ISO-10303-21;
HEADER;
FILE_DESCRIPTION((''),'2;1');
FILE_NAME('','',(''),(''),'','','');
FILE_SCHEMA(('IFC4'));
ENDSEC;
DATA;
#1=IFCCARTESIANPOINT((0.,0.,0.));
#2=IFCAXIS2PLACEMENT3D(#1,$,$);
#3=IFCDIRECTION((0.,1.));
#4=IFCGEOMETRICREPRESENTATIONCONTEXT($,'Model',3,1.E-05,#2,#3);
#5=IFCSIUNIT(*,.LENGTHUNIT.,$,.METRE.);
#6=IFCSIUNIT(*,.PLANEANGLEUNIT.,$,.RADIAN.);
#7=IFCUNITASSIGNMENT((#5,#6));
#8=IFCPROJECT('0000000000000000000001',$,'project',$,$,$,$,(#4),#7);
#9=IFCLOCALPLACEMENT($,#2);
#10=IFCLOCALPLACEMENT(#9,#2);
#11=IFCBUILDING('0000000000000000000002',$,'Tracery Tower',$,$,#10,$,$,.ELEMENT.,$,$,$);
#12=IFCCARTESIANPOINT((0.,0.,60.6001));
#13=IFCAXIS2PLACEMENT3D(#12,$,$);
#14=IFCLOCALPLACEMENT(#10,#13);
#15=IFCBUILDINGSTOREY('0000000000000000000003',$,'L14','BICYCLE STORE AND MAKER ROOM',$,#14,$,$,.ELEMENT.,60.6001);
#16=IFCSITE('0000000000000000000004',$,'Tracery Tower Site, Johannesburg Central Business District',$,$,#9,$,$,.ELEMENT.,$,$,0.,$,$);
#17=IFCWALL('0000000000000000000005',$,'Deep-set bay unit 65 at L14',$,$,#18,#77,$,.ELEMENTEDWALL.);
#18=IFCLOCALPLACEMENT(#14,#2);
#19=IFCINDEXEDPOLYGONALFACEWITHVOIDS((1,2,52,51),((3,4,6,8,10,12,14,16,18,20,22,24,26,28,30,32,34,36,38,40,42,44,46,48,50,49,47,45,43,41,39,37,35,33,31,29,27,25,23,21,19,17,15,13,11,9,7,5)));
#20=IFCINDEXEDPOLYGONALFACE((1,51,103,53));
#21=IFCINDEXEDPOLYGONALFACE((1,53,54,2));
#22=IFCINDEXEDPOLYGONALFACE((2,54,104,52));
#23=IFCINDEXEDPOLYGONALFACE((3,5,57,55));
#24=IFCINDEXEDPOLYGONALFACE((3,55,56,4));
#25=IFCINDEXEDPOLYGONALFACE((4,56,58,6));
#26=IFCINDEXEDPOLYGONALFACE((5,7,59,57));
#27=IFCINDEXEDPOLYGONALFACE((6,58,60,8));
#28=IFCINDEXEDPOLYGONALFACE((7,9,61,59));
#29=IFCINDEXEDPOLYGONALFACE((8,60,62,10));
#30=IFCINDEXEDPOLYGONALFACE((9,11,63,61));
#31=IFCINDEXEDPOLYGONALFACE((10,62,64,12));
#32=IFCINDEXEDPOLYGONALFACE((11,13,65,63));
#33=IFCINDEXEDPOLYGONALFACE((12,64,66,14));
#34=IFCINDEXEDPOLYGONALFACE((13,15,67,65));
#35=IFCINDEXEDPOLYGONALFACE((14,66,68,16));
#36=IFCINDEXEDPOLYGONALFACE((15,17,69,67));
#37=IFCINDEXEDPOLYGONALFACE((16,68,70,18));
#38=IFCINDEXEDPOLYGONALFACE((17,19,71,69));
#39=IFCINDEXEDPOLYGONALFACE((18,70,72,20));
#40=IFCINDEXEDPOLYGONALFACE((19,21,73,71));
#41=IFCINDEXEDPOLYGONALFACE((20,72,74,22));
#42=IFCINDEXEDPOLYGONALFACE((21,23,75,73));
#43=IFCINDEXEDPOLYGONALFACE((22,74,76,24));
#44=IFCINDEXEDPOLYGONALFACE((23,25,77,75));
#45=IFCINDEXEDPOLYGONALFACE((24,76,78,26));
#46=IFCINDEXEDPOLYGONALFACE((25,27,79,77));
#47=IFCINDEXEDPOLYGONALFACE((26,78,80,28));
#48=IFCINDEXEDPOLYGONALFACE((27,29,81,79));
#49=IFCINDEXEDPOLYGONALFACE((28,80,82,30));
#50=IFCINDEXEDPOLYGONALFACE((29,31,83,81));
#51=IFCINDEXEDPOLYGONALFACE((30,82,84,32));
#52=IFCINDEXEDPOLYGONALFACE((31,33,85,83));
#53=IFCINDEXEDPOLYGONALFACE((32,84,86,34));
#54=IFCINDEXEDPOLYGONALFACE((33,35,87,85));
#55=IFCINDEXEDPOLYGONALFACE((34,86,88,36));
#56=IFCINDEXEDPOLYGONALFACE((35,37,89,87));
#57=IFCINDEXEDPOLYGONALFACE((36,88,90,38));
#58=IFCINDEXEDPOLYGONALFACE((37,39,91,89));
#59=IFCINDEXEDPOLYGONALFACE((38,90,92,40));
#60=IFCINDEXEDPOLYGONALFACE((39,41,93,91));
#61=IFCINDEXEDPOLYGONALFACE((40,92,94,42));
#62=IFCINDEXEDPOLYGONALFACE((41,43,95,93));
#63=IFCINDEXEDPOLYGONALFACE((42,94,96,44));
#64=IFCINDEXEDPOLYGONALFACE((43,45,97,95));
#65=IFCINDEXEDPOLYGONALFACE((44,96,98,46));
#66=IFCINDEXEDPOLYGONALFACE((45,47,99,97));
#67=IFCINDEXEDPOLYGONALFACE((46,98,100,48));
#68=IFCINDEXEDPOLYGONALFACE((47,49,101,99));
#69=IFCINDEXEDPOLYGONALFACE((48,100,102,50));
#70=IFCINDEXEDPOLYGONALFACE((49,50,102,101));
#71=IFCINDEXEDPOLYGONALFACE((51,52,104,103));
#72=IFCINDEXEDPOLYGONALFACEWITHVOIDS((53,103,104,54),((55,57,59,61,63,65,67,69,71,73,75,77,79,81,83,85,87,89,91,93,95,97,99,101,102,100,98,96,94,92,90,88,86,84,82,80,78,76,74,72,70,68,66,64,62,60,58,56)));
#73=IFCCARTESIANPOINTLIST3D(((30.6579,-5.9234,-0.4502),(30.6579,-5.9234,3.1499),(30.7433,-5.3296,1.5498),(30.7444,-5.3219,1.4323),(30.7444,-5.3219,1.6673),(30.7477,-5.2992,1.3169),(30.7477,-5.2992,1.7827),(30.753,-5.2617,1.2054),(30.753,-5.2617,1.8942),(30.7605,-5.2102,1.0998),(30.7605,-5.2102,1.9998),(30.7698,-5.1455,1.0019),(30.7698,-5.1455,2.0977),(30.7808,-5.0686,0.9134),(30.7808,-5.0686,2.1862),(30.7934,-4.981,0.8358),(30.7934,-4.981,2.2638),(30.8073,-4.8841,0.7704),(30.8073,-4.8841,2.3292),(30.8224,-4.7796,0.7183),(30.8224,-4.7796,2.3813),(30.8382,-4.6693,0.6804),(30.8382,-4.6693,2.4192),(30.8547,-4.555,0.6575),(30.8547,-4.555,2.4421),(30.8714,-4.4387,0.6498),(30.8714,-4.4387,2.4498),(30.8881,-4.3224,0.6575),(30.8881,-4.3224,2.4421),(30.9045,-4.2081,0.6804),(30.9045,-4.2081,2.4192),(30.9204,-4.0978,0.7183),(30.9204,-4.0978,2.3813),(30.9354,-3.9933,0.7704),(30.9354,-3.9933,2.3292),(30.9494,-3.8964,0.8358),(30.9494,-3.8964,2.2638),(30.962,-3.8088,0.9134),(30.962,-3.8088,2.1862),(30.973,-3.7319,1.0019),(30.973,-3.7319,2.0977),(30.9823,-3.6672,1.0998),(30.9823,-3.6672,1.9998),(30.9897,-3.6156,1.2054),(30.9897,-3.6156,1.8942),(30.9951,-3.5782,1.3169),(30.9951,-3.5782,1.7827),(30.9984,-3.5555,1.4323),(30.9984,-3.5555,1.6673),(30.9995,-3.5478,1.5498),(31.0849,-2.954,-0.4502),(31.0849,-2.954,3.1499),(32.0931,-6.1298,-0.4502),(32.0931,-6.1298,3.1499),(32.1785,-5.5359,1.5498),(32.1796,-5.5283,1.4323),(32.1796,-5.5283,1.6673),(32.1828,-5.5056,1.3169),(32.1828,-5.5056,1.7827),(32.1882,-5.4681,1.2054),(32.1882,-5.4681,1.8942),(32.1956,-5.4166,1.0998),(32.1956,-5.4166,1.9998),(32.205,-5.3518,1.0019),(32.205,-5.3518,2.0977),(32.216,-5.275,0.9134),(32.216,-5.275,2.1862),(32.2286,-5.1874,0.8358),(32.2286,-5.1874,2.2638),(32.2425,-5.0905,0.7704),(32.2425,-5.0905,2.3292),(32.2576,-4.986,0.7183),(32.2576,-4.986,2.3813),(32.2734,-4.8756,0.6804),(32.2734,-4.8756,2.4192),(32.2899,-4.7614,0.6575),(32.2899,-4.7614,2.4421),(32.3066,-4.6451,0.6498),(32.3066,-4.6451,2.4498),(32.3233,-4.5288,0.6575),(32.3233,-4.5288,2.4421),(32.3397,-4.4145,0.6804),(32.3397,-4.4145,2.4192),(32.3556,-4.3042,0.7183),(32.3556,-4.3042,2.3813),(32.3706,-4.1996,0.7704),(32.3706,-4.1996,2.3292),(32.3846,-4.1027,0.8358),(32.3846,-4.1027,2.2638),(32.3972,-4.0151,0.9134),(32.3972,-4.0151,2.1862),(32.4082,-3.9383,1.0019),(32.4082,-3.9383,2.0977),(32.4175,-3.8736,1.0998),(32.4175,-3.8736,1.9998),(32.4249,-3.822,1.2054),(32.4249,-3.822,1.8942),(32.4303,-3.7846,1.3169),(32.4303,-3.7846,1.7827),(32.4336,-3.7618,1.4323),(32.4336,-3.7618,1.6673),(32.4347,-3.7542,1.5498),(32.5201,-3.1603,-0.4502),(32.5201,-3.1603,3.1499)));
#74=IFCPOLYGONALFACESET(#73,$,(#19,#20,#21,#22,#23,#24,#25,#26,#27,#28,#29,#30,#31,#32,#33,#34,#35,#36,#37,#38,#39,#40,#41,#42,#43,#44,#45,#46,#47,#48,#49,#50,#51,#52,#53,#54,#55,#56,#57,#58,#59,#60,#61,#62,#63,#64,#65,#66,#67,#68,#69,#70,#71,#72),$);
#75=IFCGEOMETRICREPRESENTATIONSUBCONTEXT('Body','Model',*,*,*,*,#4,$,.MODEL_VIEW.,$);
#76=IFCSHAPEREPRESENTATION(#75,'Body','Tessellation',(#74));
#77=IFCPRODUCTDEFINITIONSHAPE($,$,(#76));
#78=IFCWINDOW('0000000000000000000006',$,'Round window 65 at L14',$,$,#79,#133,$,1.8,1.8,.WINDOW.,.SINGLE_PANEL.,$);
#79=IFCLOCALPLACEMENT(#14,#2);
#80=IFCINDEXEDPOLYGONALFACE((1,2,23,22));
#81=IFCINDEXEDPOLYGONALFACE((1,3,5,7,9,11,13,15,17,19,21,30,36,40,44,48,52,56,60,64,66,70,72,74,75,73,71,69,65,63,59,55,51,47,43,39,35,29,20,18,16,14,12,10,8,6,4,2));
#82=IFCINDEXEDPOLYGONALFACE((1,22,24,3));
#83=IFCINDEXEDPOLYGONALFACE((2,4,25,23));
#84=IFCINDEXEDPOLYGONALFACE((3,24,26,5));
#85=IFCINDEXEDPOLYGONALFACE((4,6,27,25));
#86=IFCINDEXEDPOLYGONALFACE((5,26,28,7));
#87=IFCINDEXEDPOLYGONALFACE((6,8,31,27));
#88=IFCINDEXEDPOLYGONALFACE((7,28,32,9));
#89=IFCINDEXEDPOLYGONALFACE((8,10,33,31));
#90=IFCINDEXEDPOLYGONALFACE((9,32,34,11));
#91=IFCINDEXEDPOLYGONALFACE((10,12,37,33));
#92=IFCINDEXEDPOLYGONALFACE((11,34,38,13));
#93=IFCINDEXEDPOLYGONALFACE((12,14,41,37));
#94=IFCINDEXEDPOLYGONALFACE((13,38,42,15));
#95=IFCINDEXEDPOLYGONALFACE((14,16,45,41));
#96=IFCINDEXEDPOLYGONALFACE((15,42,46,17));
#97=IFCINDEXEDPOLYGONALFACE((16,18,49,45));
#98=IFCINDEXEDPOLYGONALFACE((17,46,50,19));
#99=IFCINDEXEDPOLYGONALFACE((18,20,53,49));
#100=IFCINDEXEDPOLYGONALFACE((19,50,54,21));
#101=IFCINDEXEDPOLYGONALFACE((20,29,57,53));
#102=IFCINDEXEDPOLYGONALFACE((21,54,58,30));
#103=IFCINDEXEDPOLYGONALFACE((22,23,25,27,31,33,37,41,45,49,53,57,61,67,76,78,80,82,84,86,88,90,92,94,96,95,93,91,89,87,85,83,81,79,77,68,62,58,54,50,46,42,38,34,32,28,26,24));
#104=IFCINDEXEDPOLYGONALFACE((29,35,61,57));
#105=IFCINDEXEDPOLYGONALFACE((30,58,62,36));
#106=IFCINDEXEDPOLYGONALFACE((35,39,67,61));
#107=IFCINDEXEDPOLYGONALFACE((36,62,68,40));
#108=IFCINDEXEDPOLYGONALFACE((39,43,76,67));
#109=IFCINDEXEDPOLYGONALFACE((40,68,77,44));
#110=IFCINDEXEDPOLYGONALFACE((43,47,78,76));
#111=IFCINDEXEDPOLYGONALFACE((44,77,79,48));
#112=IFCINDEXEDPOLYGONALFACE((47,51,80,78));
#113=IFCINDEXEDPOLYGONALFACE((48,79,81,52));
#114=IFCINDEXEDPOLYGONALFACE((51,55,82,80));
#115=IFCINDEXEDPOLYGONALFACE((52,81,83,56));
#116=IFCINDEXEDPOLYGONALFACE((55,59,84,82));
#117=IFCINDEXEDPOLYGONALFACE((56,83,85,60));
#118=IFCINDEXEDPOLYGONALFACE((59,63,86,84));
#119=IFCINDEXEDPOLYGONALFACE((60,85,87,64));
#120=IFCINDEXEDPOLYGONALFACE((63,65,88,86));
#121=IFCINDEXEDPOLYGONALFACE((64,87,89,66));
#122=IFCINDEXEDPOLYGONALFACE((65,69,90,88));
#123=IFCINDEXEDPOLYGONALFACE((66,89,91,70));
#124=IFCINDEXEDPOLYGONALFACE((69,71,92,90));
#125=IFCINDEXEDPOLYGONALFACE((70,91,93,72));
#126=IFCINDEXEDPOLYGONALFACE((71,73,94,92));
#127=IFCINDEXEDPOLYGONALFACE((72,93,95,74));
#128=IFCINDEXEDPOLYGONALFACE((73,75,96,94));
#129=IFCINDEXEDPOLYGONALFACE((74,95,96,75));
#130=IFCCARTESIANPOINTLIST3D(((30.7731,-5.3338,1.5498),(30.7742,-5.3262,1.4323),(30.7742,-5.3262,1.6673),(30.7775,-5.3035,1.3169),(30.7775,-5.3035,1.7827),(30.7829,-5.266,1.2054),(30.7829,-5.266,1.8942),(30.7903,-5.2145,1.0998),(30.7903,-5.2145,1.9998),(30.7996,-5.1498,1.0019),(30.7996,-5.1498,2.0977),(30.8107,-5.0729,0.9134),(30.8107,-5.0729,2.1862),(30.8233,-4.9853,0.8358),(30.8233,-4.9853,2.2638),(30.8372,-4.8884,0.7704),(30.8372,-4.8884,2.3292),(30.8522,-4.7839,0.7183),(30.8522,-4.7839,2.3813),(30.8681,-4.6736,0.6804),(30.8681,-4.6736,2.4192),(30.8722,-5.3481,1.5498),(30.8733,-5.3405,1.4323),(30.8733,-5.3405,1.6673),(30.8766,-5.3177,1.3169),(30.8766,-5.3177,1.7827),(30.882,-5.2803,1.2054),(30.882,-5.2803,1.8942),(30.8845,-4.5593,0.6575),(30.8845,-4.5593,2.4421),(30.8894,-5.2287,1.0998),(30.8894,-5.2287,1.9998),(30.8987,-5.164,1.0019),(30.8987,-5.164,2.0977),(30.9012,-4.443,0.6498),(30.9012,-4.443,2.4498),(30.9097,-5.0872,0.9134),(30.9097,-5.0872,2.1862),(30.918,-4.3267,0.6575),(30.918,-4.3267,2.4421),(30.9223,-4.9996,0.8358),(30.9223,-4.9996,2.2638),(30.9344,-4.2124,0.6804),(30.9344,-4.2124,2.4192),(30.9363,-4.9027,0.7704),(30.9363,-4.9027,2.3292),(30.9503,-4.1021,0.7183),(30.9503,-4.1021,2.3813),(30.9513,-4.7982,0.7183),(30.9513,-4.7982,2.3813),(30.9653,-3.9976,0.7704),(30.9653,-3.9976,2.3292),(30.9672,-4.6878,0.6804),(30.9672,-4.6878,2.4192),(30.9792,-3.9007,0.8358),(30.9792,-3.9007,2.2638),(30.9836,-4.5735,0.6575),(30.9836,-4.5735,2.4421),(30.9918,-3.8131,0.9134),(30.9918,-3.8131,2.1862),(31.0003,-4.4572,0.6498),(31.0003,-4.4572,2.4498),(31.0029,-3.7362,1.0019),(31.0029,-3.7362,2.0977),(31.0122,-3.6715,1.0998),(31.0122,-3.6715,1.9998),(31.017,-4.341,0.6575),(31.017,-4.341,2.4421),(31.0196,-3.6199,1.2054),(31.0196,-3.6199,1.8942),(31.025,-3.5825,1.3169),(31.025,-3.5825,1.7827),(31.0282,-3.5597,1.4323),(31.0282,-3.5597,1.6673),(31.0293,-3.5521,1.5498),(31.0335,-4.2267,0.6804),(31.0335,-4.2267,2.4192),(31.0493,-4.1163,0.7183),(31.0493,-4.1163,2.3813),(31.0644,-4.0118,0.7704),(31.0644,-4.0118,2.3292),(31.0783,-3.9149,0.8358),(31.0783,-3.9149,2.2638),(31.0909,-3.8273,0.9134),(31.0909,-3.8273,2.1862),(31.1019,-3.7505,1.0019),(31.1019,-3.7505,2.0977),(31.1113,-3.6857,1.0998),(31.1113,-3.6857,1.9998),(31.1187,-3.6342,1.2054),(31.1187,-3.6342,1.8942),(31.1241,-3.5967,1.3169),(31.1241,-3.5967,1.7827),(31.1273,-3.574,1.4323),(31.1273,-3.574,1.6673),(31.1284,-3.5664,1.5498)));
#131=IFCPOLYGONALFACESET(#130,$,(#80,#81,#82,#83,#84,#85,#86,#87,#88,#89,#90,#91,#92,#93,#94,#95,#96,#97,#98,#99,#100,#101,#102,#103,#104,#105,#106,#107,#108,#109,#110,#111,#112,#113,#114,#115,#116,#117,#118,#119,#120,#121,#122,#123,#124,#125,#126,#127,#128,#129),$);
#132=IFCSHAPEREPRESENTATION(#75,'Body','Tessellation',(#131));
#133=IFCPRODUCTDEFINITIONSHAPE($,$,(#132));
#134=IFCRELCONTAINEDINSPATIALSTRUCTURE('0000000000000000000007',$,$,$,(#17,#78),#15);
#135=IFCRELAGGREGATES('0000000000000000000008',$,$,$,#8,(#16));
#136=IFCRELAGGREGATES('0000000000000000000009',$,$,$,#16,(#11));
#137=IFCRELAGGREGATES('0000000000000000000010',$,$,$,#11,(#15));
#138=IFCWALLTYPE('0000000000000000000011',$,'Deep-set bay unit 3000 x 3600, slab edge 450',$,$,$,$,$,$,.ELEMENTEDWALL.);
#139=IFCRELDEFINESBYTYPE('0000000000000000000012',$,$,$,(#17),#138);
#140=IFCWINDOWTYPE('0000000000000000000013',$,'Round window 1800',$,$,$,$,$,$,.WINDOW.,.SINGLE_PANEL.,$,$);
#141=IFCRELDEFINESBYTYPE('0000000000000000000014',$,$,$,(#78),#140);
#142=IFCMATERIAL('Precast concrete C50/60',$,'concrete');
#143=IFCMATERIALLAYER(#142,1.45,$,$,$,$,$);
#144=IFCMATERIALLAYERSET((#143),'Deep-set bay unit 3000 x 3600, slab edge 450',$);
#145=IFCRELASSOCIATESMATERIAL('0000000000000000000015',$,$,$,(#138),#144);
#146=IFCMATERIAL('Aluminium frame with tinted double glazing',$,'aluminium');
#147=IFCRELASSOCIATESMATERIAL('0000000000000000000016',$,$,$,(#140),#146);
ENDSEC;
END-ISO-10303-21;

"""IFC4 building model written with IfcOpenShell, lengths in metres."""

from ifc_helpers import new_model, si_unit, direction, frame, frame_2d, origin, origin_2d, place, context, subcontext, project, spatial, rectangle, circle, extrude, material, layer, layer_set, type_object, element, fill, save


model = new_model("IFC4")

# Units and contexts
model_context = context("Model", 3, precision=1e-05, world=origin(), true_north=direction((0.0, 1.0)))
body_context = subcontext(model_context, "Body", "Model", "MODEL_VIEW")
ifc_project = project(units=[si_unit("LENGTHUNIT", "METRE"), si_unit("PLANEANGLEUNIT", "RADIAN")], contexts=[model_context])

# Site, building, storey
site_placement = place(None, origin())
site = spatial("IfcSite", under=ifc_project, at=site_placement, Name="Tracery Tower Site, Johannesburg Central Business District", CompositionType="ELEMENT", RefElevation=0.0)
building_placement = place(site_placement, origin())
building = spatial("IfcBuilding", under=site, at=building_placement, Name="Tracery Tower", CompositionType="ELEMENT")
storey_placement = place(building_placement, frame((0.0, 0.0, 60.6001)))
storey = spatial("IfcBuildingStorey", under=building, at=storey_placement, Name="L14", Description="BICYCLE STORE AND MAKER ROOM", CompositionType="ELEMENT", Elevation=60.6001)

# Wall, opening, window
ifc_material_1 = material(Name="Precast concrete C50/60", Category="concrete")
ifc_layer_1 = layer(ifc_material_1, 1.45)
ifc_layer_set_1 = layer_set([ifc_layer_1], Name="Deep-set bay unit 3000 x 3600, slab edge 450")
wall_type_1 = type_object("IfcWallType", Name="Deep-set bay unit 3000 x 3600, slab edge 450", PredefinedType="ELEMENTEDWALL", material=ifc_layer_set_1)
ifc_material_2 = material(Name="Aluminium frame with tinted double glazing", Category="aluminium")
window_type = type_object("IfcWindowType", Name="Round window 1800", PartitioningType="SINGLE_PANEL", PredefinedType="WINDOW", material=ifc_material_2)
wall_1_placement = place(storey_placement, frame((31.3755, -6.0266, -0.4502), z_axis=(0.0, 0.0, 1.0), x_axis=(0.142333, 0.989819, 0.0)))
wall_1 = element("IfcWall", 1, at=wall_1_placement, inside=storey, type_object=wall_type_1, Name="Deep-set bay unit 65 at L14", PredefinedType="ELEMENTEDWALL", context=body_context, shape_type="SweptSolid", body=[
    extrude(rectangle(XDim=3.0, YDim=1.45, at=frame_2d((1.5, 0.0))), origin(), (0.0, 0.0, 1.0), 3.6001),
])
opening_1_placement = place(wall_1_placement, frame((1.5, 0.0, 2.0)))
opening_1 = element("IfcOpeningElement", 2, at=opening_1_placement, cuts=wall_1, PredefinedType="OPENING", context=body_context, shape_type="SweptSolid", body=[
    extrude(circle(Radius=0.9, at=origin_2d()), frame((0.0, 0.7349, 0.0), z_axis=(0.0, -1.0, 0.0), x_axis=(1.0, 0.0, 0.0)), (0.0, 0.0, 1.0), 1.47),
])
window_1_placement = place(opening_1_placement, origin())
window_1 = element("IfcWindow", 3, at=window_1_placement, inside=storey, type_object=window_type, Name="Round window 65 at L14", OverallHeight=1.8, OverallWidth=1.8, PartitioningType="SINGLE_PANEL", PredefinedType="WINDOW", context=body_context, shape_type="SweptSolid", body=[
    extrude(circle(Radius=0.9, at=origin_2d()), frame((0.0, 0.6948, 0.0), z_axis=(0.0, -1.0, 0.0), x_axis=(1.0, 0.0, 0.0)), (0.0, 0.0, 1.0), 0.1001),
])
fill(opening_1, window_1)

save(model, "model.ifc")
